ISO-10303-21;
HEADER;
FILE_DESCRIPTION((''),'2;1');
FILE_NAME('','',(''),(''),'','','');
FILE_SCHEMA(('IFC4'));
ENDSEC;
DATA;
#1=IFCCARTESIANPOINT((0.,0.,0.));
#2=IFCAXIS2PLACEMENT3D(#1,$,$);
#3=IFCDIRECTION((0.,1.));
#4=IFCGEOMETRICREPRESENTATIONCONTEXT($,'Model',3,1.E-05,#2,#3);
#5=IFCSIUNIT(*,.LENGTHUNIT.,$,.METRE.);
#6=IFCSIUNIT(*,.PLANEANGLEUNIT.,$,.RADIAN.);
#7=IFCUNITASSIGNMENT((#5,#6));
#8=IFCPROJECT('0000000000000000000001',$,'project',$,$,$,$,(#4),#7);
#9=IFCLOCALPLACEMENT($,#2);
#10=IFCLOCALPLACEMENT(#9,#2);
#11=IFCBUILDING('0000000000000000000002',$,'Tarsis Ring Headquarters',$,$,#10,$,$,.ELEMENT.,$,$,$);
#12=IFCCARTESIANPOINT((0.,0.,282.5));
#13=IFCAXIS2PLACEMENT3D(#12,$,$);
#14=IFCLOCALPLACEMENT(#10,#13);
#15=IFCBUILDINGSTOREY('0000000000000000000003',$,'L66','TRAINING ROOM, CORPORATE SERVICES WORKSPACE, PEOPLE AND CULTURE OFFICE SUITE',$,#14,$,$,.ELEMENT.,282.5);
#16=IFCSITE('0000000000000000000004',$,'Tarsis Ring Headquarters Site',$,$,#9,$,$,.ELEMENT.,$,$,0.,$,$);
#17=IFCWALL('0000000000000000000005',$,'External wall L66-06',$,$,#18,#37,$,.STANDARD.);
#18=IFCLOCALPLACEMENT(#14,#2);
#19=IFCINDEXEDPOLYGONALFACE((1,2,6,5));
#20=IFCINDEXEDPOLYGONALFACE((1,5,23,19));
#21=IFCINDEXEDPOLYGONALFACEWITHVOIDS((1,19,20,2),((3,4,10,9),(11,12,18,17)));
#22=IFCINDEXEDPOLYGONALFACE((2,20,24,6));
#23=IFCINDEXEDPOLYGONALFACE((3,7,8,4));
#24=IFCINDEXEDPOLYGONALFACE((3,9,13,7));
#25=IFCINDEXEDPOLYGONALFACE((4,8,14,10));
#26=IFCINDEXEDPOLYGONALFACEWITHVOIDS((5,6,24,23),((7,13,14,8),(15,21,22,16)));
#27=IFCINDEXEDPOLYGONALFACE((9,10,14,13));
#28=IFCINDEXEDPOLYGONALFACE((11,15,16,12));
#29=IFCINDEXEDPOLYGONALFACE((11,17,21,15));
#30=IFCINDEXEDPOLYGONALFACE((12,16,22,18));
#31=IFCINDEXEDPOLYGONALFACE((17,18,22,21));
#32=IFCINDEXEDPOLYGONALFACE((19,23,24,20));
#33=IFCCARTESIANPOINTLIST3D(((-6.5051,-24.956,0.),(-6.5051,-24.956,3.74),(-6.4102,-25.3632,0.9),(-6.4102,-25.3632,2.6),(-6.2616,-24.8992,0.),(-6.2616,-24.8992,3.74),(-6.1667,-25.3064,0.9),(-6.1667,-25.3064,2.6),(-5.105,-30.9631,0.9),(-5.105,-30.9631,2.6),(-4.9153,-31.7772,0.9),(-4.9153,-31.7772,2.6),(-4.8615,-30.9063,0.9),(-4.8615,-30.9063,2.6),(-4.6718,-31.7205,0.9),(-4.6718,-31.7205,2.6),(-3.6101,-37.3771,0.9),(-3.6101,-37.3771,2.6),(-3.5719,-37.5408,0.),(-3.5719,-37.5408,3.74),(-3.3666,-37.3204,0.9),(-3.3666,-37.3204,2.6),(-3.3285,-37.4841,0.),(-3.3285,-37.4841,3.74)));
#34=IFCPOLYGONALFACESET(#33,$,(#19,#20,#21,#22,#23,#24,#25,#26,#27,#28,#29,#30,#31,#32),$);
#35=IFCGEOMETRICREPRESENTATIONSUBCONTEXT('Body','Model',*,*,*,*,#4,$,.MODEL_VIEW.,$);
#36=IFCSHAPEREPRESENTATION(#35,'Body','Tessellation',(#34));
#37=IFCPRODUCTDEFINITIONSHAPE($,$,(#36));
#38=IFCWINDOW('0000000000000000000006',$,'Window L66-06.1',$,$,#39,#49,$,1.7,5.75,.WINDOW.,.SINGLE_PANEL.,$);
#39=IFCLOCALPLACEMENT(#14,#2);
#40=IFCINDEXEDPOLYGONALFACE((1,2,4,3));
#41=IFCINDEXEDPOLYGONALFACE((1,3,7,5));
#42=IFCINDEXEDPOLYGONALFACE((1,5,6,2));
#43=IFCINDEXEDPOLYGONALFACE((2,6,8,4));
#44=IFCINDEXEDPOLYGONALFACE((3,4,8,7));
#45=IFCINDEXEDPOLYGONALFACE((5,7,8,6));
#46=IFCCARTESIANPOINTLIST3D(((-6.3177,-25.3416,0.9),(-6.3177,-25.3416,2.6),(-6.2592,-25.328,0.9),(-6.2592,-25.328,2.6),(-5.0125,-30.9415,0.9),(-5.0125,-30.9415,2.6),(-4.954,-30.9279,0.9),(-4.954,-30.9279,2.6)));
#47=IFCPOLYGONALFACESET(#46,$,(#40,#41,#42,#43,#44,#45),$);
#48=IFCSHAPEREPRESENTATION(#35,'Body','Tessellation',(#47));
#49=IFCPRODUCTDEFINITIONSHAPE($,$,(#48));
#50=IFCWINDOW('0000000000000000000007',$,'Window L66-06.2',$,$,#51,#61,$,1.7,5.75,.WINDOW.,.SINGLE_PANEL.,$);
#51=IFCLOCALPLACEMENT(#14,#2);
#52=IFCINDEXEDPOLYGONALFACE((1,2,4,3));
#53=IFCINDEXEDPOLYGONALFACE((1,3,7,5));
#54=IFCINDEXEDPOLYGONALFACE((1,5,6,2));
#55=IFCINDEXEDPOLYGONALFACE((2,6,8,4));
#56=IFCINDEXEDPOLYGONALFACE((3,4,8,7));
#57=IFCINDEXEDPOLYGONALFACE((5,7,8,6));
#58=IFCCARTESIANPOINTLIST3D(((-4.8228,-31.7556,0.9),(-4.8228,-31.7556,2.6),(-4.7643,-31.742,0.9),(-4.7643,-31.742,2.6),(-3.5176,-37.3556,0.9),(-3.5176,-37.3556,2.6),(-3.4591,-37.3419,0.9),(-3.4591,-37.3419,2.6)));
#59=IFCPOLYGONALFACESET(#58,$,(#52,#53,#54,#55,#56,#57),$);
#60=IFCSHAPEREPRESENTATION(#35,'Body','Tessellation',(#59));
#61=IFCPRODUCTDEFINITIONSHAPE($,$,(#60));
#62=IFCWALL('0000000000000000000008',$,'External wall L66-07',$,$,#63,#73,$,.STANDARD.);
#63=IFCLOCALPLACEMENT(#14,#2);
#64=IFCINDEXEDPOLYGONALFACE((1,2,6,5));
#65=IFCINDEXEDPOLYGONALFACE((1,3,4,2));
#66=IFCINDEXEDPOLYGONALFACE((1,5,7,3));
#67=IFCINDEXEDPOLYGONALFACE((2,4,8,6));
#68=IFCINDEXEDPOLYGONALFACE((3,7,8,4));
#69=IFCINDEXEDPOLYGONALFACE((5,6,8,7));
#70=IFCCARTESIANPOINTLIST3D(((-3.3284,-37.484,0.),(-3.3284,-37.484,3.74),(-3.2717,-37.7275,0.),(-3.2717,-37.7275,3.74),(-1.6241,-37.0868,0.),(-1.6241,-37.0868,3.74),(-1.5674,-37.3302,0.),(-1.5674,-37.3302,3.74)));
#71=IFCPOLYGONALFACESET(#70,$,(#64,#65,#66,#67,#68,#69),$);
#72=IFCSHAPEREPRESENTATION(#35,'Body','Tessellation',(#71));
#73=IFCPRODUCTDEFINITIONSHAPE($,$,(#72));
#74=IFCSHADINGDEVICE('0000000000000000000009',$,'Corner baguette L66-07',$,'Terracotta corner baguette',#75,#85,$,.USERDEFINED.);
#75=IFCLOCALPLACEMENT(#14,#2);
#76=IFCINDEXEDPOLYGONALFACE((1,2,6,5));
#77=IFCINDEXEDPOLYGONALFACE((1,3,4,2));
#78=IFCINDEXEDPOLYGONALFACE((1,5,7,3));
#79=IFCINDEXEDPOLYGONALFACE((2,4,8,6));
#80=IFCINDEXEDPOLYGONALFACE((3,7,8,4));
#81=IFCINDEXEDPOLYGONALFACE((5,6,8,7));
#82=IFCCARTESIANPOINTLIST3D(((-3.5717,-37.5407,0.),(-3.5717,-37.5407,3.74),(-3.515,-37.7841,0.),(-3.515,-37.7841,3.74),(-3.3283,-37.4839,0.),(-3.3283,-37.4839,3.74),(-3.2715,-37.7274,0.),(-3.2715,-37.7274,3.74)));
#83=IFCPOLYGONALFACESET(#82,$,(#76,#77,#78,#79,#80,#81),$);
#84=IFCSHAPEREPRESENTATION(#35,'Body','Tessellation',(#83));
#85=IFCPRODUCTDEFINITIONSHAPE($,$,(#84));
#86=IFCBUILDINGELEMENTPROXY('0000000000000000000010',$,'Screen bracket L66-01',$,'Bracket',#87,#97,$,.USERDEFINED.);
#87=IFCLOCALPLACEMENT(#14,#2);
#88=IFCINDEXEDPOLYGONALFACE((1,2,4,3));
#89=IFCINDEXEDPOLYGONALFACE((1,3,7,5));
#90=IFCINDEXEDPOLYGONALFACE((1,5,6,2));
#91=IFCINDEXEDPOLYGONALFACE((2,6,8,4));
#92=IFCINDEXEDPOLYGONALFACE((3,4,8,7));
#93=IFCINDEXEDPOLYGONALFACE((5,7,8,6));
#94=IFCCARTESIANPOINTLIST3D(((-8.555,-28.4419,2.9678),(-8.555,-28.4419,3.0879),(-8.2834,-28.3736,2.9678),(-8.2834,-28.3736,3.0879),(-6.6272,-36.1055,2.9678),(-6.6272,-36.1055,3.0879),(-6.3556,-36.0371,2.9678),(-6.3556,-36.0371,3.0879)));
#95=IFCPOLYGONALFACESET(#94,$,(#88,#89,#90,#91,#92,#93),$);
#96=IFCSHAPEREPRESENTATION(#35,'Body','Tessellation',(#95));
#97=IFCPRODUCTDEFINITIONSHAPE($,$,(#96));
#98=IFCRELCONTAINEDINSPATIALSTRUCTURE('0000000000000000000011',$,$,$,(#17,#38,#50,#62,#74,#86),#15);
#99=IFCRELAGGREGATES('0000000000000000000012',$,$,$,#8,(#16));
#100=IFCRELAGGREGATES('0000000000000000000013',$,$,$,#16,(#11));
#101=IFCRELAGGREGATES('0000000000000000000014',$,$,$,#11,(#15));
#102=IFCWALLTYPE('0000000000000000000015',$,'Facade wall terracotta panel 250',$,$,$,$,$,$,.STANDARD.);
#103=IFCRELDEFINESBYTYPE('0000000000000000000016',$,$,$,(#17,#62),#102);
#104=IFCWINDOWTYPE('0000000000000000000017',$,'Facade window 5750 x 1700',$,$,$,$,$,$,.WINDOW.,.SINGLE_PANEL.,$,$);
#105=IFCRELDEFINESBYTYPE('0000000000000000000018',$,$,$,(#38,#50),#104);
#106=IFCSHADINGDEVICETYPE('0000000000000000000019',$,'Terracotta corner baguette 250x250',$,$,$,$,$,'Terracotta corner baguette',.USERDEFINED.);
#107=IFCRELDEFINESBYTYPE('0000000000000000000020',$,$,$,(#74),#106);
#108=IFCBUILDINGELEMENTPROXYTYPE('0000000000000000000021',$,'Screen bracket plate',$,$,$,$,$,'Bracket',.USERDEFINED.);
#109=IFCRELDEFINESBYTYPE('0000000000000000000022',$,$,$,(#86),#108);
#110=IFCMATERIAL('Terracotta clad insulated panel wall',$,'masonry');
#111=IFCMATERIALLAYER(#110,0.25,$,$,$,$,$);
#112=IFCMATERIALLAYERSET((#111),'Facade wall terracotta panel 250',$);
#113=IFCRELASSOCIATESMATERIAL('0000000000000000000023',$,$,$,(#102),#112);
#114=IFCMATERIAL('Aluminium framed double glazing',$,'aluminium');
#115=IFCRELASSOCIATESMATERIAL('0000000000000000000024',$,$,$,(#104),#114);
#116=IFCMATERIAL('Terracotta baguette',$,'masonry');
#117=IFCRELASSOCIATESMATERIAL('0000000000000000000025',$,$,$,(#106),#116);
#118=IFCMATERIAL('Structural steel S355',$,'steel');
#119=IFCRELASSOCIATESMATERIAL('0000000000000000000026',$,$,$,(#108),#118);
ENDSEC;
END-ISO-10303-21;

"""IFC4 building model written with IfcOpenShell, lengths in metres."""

from ifc_helpers import new_model, si_unit, direction, frame, frame_2d, origin, origin_2d, place, context, subcontext, project, spatial, rectangle, extrude, material, layer, layer_set, type_object, element, fill, save


model = new_model("IFC4")

# Units and contexts
model_context = context("Model", 3, precision=1e-05, world=origin(), true_north=direction((0.0, 1.0)))
body_context = subcontext(model_context, "Body", "Model", "MODEL_VIEW")
ifc_project = project(units=[si_unit("LENGTHUNIT", "METRE"), si_unit("PLANEANGLEUNIT", "RADIAN")], contexts=[model_context])

# Site, building, storey
site_placement = place(None, origin())
site = spatial("IfcSite", under=ifc_project, at=site_placement, Name="Tarsis Ring Headquarters Site", CompositionType="ELEMENT", RefElevation=0.0)
building_placement = place(site_placement, origin())
building = spatial("IfcBuilding", under=site, at=building_placement, Name="Tarsis Ring Headquarters", CompositionType="ELEMENT")
storey_placement = place(building_placement, frame((0.0, 0.0, 282.5)))
storey = spatial("IfcBuildingStorey", under=building, at=storey_placement, Name="L66", Description="TRAINING ROOM, CORPORATE SERVICES WORKSPACE, PEOPLE AND CULTURE OFFICE SUITE", CompositionType="ELEMENT", Elevation=282.5)

# Shared definitions
ifc_material_1 = material(Name="Structural steel S355", Category="steel")

# Wall, openings, windows
ifc_material_2 = material(Name="Terracotta clad insulated panel wall", Category="masonry")
ifc_layer_1 = layer(ifc_material_2, 0.25)
ifc_layer_set_1 = layer_set([ifc_layer_1], Name="Facade wall terracotta panel 250")
wall_type_1 = type_object("IfcWallType", Name="Facade wall terracotta panel 250", PredefinedType="STANDARD", material=ifc_layer_set_1)
wall_1_placement = place(storey_placement, frame((-6.3833, -24.9277, 0.0), z_axis=(0.0, 0.0, 1.0), x_axis=(0.226985, -0.973898, 0.0)))
wall_1 = element("IfcWall", 1, at=wall_1_placement, inside=storey, type_object=wall_type_1, Name="External wall L66-06", PredefinedType="STANDARD", context=body_context, shape_type="SweptSolid", body=[
    extrude(rectangle(XDim=12.9221, YDim=0.25, at=frame_2d((6.4609, 0.0))), origin(), (0.0, 0.0, 1.0), 3.74),
])
opening_1_placement = place(wall_1_placement, frame((0.418, 0.0, 0.8999)))
opening_1 = element("IfcOpeningElement", 2, at=opening_1_placement, cuts=wall_1, PredefinedType="OPENING", context=body_context, shape_type="SweptSolid", body=[
    extrude(rectangle(XDim=5.75, YDim=1.7, at=frame_2d((2.875, 0.8501))), frame((0.0, 0.135, 0.0), z_axis=(0.0, -1.0, 0.0), x_axis=(1.0, 0.0, 0.0)), (0.0, 0.0, 1.0), 0.27),
])
opening_2_placement = place(wall_1_placement, frame((7.0039, 0.0, 0.8999)))
opening_2 = element("IfcOpeningElement", 3, at=opening_2_placement, cuts=wall_1, PredefinedType="OPENING", context=body_context, shape_type="SweptSolid", body=[
    extrude(rectangle(XDim=5.75, YDim=1.7, at=frame_2d((2.875, 0.8501))), frame((0.0, 0.135, 0.0), z_axis=(0.0, -1.0, 0.0), x_axis=(1.0, 0.0, 0.0)), (0.0, 0.0, 1.0), 0.27),
])
ifc_material_3 = material(Name="Aluminium framed double glazing", Category="aluminium")
window_type = type_object("IfcWindowType", Name="Facade window 5750 x 1700", PartitioningType="SINGLE_PANEL", PredefinedType="WINDOW", material=ifc_material_3)
window_1_placement = place(opening_1_placement, origin())
window_1 = element("IfcWindow", 4, at=window_1_placement, inside=storey, type_object=window_type, Name="Window L66-06.1", OverallHeight=1.7, OverallWidth=5.75, PartitioningType="SINGLE_PANEL", PredefinedType="WINDOW", context=body_context, shape_type="SweptSolid", body=[
    extrude(rectangle(XDim=5.75, YDim=1.7, at=frame_2d((2.875, 0.8501))), frame((0.0, 0.03, 0.0), z_axis=(0.0, -1.0, 0.0), x_axis=(1.0, 0.0, 0.0)), (0.0, 0.0, 1.0), 0.0601),
])
fill(opening_1, window_1)
window_2_placement = place(opening_2_placement, origin())
window_2 = element("IfcWindow", 5, at=window_2_placement, inside=storey, type_object=window_type, Name="Window L66-06.2", OverallHeight=1.7, OverallWidth=5.75, PartitioningType="SINGLE_PANEL", PredefinedType="WINDOW", context=body_context, shape_type="SweptSolid", body=[
    extrude(rectangle(XDim=5.75, YDim=1.7, at=frame_2d((2.875, 0.8501))), frame((0.0, 0.03, 0.0), z_axis=(0.0, -1.0, 0.0), x_axis=(1.0, 0.0, 0.0)), (0.0, 0.0, 1.0), 0.0601),
])
fill(opening_2, window_2)

# Wall
wall_2_placement = place(storey_placement, frame((-3.3, -37.6057, 0.0), z_axis=(0.0, 0.0, 1.0), x_axis=(0.9739, 0.226978, 0.0)))
element("IfcWall", 6, at=wall_2_placement, inside=storey, type_object=wall_type_1, Name="External wall L66-07", PredefinedType="STANDARD", context=body_context, shape_type="SweptSolid", body=[
    extrude(rectangle(XDim=1.75, YDim=0.25, at=frame_2d((0.875, 0.0))), origin(), (0.0, 0.0, 1.0), 3.74),
])

# Shading device
ifc_material_4 = material(Name="Terracotta baguette", Category="masonry")
shading_device_type_1 = type_object("IfcShadingDeviceType", Name="Terracotta corner baguette 250x250", ElementType="Terracotta corner baguette", PredefinedType="USERDEFINED", material=ifc_material_4)
shading_device_1_placement = place(storey_placement, frame((-3.4216, -37.634, 0.0), z_axis=(0.0, 0.0, 1.0), x_axis=(0.226991, -0.973897, 0.0)))
element("IfcShadingDevice", 7, at=shading_device_1_placement, inside=storey, type_object=shading_device_type_1, Name="Corner baguette L66-07", ObjectType="Terracotta corner baguette", PredefinedType="USERDEFINED", context=body_context, shape_type="SweptSolid", body=[
    extrude(rectangle(XDim=0.25, YDim=0.25, at=origin_2d()), origin(), (0.0, 0.0, 1.0), 3.74),
])

# Building element proxy
building_element_proxy_type = type_object("IfcBuildingElementProxyType", Name="Screen bracket plate", ElementType="Bracket", PredefinedType="USERDEFINED", material=ifc_material_1)
proxy_placement = place(storey_placement, frame((-7.4553, -32.2395, 2.9678), z_axis=(0.0, 0.0, 1.0), x_axis=(0.243954, -0.969787, 0.0)))
element("IfcBuildingElementProxy", 8, at=proxy_placement, inside=storey, type_object=building_element_proxy_type, Name="Screen bracket L66-01", ObjectType="Bracket", PredefinedType="USERDEFINED", context=body_context, shape_type="SweptSolid", body=[
    extrude(rectangle(XDim=7.9023, YDim=0.28, at=origin_2d()), origin(), (0.0, 0.0, 1.0), 0.1201),
])

save(model, "model.ifc")
